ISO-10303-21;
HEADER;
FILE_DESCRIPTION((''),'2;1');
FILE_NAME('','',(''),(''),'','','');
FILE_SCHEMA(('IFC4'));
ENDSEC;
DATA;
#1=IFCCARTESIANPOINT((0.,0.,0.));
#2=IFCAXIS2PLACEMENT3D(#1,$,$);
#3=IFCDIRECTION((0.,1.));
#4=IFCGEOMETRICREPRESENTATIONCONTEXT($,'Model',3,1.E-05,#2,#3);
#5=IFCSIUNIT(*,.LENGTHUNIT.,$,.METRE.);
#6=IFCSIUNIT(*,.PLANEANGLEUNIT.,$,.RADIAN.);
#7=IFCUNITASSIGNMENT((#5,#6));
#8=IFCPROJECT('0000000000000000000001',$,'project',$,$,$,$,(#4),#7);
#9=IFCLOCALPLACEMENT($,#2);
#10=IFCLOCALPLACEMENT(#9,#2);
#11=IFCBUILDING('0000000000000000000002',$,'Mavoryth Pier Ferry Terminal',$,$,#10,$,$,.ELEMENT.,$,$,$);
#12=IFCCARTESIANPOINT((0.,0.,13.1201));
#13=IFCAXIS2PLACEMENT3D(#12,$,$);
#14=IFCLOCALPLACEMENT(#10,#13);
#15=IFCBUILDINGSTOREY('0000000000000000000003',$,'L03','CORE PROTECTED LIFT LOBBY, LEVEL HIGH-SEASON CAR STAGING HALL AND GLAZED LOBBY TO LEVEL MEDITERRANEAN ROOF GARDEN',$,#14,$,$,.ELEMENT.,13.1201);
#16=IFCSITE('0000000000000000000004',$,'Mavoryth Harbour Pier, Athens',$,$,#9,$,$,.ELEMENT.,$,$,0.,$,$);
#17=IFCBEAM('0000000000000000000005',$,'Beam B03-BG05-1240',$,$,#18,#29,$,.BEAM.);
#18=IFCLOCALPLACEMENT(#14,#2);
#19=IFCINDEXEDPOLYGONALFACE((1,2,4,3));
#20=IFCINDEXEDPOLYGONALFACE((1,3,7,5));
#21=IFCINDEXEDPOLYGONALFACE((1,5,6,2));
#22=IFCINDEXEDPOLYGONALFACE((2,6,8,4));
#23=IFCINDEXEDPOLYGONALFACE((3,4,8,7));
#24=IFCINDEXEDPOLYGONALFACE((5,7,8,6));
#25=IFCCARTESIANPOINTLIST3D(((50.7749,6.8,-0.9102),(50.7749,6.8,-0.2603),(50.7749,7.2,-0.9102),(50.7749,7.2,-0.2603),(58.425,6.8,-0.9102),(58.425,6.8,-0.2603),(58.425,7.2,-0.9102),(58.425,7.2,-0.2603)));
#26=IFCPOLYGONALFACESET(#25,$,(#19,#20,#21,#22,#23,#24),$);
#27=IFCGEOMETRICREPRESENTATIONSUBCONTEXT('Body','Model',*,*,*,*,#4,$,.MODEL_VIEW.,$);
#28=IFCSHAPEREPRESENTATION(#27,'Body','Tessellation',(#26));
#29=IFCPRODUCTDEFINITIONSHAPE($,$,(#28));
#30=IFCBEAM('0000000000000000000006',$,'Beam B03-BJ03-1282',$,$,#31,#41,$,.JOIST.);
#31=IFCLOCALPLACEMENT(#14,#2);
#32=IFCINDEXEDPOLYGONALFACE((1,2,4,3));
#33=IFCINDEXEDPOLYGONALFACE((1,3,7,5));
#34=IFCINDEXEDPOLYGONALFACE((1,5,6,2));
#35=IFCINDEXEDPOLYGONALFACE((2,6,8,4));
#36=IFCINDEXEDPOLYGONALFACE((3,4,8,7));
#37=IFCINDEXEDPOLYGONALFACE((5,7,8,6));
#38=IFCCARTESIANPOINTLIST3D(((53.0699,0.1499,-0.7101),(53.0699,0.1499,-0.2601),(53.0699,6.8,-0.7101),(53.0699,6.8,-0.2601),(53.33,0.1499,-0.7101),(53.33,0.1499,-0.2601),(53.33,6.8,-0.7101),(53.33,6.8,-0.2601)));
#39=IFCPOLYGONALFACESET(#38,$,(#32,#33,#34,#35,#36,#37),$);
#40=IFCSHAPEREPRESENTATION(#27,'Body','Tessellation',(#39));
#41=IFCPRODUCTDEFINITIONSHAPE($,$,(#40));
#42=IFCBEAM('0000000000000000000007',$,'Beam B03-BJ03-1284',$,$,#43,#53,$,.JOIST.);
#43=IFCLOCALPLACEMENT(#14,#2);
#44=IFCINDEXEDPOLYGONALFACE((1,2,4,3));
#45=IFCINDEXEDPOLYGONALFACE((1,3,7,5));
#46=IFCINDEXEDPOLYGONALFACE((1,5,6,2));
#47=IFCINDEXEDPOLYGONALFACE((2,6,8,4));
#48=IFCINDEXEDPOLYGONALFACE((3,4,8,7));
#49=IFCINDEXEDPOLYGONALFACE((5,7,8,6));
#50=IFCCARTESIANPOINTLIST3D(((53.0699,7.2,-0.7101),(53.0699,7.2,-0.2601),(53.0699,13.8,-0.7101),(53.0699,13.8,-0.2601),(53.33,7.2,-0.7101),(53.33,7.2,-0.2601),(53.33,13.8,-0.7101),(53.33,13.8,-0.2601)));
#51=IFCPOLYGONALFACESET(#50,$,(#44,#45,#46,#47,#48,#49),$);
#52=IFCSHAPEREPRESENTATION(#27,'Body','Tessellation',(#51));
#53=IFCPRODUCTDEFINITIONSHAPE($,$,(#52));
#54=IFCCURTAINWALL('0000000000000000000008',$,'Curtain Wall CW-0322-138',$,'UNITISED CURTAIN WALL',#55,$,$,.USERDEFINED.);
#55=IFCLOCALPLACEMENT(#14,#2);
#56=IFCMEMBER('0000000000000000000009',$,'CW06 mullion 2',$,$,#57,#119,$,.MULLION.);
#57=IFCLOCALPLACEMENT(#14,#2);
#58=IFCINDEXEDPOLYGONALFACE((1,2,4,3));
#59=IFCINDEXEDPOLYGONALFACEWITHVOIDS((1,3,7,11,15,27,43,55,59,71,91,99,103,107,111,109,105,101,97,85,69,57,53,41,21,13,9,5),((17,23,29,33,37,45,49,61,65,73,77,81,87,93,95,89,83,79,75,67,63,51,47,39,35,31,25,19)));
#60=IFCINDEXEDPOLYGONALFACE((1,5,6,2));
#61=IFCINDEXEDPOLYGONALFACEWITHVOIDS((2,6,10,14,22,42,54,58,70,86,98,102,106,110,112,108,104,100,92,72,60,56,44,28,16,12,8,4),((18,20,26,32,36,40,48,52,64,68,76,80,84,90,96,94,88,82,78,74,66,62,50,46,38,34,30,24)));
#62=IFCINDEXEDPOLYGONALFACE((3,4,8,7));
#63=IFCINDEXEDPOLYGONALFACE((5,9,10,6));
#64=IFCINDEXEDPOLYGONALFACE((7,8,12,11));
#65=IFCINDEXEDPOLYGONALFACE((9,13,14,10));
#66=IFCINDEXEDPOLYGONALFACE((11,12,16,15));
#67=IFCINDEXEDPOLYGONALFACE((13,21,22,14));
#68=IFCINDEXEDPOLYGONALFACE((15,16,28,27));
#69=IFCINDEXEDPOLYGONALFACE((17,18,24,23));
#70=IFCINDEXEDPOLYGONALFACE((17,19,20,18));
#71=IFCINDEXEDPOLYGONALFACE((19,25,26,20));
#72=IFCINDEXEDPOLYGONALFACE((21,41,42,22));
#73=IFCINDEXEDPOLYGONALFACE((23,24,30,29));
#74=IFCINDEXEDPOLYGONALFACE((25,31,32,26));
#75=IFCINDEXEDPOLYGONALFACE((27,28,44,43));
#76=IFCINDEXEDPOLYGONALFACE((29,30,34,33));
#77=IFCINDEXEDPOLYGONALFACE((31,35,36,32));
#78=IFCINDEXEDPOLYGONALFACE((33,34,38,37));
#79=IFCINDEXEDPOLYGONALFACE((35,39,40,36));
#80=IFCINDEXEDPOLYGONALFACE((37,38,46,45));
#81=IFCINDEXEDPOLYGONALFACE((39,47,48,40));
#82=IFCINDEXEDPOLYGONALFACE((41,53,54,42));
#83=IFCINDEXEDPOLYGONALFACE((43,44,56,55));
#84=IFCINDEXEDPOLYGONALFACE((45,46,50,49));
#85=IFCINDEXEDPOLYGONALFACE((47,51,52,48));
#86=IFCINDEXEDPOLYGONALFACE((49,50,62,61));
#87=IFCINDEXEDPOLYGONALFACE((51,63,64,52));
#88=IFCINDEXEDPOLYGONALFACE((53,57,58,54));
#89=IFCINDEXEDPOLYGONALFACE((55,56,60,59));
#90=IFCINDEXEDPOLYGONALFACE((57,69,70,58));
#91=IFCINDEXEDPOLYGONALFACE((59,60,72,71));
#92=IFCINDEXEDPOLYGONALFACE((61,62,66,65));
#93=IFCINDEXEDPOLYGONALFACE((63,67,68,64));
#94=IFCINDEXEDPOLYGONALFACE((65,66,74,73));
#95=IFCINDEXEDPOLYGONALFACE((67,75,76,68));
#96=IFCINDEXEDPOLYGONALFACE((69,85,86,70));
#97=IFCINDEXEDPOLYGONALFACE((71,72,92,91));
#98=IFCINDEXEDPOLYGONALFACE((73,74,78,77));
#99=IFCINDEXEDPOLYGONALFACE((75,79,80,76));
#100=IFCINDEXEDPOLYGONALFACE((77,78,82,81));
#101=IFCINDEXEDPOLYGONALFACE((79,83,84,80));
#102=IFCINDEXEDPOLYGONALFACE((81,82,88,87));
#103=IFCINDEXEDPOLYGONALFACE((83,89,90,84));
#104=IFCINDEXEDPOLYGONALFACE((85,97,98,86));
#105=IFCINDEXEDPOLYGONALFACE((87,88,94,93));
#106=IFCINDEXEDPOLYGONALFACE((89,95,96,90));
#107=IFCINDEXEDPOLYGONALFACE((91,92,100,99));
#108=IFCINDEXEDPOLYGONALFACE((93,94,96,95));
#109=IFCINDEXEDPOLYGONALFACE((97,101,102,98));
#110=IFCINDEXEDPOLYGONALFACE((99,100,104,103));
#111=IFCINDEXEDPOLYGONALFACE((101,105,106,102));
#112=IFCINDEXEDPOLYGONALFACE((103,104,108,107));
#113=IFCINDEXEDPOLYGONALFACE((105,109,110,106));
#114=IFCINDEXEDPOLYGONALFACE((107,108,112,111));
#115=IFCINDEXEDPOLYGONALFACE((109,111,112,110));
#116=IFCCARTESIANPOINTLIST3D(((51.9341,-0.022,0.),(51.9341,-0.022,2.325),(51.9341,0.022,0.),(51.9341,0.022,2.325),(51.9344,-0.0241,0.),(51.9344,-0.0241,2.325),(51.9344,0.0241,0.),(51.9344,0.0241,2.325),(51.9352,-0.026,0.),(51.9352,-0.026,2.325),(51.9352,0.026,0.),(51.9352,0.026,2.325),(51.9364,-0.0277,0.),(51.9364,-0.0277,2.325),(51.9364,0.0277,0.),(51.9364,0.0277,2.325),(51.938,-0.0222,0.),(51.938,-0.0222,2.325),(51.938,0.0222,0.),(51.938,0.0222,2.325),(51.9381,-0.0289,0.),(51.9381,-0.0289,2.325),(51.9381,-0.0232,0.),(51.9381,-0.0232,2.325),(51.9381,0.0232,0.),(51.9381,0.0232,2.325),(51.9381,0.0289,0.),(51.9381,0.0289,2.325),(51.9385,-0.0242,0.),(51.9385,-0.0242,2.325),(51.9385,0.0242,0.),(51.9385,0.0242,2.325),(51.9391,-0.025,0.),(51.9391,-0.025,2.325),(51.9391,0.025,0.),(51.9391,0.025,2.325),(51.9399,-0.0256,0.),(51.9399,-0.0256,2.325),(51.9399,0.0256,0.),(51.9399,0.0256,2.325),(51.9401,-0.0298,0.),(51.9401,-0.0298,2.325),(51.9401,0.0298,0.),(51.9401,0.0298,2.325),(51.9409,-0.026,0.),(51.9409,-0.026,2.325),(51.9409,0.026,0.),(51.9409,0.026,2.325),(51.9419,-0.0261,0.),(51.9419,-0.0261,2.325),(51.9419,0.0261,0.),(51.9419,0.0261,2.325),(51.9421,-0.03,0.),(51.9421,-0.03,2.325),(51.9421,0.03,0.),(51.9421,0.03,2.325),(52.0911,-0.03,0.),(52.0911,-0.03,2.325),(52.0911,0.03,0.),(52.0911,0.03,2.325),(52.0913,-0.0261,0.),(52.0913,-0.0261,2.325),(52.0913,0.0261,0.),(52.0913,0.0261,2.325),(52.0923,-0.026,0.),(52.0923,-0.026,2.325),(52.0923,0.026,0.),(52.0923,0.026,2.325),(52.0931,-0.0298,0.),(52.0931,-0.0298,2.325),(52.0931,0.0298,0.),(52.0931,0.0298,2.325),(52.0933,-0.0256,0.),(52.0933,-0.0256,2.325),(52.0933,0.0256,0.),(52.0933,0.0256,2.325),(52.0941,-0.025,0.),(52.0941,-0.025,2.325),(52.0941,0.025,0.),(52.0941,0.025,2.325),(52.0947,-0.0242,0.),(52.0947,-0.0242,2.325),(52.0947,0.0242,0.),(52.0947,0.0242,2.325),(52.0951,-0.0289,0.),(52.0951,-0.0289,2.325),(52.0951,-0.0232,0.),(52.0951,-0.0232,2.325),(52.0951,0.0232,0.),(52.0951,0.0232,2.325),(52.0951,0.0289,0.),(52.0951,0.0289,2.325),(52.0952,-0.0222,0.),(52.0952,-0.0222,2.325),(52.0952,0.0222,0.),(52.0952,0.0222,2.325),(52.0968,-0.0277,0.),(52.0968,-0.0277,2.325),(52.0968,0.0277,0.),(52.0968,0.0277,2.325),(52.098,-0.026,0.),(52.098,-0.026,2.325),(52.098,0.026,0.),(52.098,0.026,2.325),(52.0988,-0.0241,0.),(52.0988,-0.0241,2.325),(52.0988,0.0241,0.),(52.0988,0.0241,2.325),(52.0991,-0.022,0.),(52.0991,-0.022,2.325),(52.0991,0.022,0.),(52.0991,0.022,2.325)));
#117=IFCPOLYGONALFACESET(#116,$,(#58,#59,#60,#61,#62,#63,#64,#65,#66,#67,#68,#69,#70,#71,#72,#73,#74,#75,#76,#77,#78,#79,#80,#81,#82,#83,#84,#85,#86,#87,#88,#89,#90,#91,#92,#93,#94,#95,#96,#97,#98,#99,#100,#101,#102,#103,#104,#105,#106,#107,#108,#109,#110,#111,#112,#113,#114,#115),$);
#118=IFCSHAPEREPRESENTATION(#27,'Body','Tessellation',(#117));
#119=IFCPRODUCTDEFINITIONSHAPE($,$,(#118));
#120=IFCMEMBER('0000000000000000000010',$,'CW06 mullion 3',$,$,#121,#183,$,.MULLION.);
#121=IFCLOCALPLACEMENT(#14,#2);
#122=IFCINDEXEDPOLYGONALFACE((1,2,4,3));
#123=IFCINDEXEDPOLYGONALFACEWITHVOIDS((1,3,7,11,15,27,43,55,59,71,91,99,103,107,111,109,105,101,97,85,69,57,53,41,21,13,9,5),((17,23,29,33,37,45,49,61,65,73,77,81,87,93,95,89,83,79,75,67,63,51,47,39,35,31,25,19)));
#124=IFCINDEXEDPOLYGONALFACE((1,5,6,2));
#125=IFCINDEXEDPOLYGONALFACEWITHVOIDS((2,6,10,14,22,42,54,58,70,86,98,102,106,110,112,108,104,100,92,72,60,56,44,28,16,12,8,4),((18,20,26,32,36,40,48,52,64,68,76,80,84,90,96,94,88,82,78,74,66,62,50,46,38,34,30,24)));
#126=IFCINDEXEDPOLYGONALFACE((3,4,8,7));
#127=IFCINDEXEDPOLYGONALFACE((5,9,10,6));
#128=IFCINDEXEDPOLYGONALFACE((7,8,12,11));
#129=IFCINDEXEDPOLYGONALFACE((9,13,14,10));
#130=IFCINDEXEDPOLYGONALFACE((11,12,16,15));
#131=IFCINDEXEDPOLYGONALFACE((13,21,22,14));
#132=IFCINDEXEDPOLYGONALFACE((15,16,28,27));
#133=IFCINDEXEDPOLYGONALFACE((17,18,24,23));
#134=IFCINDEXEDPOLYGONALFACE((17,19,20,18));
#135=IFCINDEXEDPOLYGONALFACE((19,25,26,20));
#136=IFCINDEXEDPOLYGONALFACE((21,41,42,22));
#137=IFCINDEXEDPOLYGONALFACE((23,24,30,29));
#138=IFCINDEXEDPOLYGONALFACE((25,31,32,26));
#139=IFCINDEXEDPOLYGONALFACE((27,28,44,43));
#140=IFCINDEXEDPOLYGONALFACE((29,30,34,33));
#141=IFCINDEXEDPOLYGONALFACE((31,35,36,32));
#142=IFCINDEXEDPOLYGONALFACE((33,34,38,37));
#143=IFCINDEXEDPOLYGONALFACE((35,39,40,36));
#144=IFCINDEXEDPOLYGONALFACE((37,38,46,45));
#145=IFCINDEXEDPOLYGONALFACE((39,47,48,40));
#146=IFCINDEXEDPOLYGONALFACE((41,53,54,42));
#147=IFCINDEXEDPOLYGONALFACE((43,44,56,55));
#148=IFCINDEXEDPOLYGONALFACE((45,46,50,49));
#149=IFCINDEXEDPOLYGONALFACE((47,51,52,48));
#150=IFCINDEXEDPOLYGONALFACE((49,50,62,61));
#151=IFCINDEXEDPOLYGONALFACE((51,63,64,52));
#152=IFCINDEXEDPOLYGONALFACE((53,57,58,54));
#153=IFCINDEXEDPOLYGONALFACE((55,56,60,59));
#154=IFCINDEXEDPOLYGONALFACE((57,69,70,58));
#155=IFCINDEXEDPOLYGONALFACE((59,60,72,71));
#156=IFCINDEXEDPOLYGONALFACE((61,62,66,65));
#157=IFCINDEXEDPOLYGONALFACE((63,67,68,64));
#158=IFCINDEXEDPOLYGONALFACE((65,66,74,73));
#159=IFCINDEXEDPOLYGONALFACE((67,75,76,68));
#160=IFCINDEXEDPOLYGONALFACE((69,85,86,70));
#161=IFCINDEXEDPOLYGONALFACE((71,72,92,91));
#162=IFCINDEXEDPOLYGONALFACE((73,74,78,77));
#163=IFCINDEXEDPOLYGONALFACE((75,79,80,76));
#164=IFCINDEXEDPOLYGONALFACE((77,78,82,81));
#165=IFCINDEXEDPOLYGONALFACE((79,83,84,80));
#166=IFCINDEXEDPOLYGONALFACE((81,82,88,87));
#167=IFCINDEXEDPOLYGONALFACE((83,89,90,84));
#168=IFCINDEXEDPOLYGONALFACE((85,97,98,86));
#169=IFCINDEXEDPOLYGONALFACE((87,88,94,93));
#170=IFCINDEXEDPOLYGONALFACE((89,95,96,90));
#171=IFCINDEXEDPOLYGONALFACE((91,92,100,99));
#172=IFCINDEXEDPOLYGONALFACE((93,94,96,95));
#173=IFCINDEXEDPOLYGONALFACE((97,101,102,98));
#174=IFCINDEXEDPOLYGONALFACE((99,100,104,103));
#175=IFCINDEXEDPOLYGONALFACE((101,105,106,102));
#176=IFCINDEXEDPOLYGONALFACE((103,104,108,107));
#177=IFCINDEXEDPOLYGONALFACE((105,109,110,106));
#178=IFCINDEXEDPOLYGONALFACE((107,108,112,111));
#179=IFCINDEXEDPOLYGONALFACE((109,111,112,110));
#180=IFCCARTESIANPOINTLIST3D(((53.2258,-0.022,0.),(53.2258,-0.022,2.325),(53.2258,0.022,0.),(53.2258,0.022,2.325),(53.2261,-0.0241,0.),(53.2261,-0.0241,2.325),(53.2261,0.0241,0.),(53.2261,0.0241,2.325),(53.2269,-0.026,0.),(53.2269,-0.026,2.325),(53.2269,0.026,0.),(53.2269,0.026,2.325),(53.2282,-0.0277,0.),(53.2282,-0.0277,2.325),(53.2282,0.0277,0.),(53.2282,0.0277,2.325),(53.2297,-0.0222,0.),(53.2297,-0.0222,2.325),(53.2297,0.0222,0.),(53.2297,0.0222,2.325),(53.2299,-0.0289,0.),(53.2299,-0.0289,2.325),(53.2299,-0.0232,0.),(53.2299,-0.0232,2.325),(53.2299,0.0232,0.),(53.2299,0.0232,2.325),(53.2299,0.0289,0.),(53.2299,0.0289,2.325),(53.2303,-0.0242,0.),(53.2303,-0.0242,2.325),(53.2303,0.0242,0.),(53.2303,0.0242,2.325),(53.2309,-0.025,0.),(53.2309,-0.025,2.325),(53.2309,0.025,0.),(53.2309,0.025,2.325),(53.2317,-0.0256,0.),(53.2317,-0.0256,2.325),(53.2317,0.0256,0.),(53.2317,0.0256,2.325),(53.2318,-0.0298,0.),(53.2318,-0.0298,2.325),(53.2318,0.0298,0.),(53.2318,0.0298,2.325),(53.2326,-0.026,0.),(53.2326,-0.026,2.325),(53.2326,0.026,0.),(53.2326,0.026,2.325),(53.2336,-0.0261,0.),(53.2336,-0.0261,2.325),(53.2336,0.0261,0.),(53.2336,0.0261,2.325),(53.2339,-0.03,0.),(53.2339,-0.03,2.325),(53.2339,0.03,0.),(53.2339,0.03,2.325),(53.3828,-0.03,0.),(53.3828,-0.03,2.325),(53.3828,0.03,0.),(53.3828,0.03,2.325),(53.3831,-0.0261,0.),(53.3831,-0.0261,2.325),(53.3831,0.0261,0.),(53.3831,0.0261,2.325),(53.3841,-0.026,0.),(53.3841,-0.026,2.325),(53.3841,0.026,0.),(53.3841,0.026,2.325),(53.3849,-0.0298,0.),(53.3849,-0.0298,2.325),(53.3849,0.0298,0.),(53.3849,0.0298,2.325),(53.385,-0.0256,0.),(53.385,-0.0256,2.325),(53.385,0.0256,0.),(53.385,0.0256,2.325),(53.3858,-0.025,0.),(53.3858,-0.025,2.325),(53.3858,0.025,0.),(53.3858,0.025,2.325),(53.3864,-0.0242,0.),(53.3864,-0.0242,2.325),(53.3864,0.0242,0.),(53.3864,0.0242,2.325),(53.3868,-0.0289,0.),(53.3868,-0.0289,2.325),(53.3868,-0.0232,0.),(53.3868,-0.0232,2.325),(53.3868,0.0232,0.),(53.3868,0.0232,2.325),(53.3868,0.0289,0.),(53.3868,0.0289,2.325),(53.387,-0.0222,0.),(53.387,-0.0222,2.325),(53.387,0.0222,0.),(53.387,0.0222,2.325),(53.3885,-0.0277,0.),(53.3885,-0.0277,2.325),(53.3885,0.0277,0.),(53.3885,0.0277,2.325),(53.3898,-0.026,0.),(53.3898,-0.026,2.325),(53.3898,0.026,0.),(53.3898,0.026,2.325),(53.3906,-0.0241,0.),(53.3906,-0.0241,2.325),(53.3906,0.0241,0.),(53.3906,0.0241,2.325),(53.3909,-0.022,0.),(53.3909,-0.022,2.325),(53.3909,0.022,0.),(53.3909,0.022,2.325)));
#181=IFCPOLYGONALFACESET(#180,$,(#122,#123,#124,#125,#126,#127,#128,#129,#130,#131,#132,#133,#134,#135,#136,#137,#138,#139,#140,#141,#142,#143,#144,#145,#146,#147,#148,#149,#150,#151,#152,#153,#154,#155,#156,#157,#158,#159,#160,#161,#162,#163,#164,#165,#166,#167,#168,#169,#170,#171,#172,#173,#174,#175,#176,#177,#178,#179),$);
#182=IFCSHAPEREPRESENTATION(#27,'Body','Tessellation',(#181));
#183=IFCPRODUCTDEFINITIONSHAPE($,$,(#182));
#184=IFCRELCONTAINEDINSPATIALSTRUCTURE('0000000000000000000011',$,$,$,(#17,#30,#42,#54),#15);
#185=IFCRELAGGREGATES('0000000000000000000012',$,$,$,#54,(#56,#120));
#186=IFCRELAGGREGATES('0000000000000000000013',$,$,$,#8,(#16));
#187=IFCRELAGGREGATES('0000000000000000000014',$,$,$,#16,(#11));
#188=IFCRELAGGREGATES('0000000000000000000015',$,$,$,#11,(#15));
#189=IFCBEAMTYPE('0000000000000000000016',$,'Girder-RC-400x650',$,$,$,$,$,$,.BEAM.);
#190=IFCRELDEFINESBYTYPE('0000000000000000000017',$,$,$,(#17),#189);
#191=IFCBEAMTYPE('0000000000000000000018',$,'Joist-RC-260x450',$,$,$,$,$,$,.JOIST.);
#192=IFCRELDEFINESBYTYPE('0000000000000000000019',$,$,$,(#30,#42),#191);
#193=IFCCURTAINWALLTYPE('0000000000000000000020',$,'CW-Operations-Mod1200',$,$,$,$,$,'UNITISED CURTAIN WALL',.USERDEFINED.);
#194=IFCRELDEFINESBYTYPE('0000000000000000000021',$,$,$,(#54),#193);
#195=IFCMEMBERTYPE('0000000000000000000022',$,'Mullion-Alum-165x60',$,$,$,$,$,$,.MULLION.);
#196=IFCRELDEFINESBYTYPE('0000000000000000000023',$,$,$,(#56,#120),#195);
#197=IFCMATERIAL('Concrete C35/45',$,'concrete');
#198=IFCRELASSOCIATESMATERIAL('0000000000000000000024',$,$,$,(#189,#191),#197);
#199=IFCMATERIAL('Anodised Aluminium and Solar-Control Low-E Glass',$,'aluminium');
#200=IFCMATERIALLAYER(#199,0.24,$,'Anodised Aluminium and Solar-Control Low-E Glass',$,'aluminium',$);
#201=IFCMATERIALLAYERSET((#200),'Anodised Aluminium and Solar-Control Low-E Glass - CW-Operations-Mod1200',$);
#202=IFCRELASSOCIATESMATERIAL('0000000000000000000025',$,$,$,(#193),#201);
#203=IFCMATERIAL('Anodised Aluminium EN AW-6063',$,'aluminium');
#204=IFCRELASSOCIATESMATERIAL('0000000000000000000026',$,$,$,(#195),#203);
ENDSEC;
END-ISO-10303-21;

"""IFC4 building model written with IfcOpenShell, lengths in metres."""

from ifc_helpers import new_model, si_unit, direction, frame, origin, origin_2d, place, context, subcontext, project, spatial, rectangle, hollow_rectangle, extrude, material, layer, layer_set, material_profile, profile_set, type_object, element, aggregate, save


model = new_model("IFC4")

# Units and contexts
model_context = context("Model", 3, precision=1e-05, world=origin(), true_north=direction((0.0, 1.0)))
body_context = subcontext(model_context, "Body", "Model", "MODEL_VIEW")
ifc_project = project(units=[si_unit("LENGTHUNIT", "METRE"), si_unit("PLANEANGLEUNIT", "RADIAN")], contexts=[model_context])

# Site, building, storey
site_placement = place(None, origin())
site = spatial("IfcSite", under=ifc_project, at=site_placement, Name="Mavoryth Harbour Pier, Athens", CompositionType="ELEMENT", RefElevation=0.0)
building_placement = place(site_placement, origin())
building = spatial("IfcBuilding", under=site, at=building_placement, Name="Mavoryth Pier Ferry Terminal", CompositionType="ELEMENT")
storey_placement = place(building_placement, frame((0.0, 0.0, 13.1201)))
storey = spatial("IfcBuildingStorey", under=building, at=storey_placement, Name="L03", Description="CORE PROTECTED LIFT LOBBY, LEVEL HIGH-SEASON CAR STAGING HALL AND GLAZED LOBBY TO LEVEL MEDITERRANEAN ROOF GARDEN", CompositionType="ELEMENT", Elevation=13.1201)

# Beams
ifc_material_1 = material(Name="Concrete C35/45", Category="concrete")
ifc_material_profile_1 = material_profile(ifc_material_1, rectangle(XDim=0.3999, YDim=0.6499, at=origin_2d()), Name="RC 400x650", Category="concrete")
ifc_profile_set_1 = profile_set([ifc_material_profile_1], Name="Concrete C35/45 - RC 400x650")
beam_type_1 = type_object("IfcBeamType", Name="Girder-RC-400x650", PredefinedType="BEAM", material=ifc_profile_set_1)
beam_1_placement = place(storey_placement, frame((50.7749, 7.0, -0.5852), z_axis=(1.0, 0.0, 0.0), x_axis=(0.0, 1.0, 0.0)))
element("IfcBeam", 1, at=beam_1_placement, inside=storey, type_object=beam_type_1, Name="Beam B03-BG05-1240", PredefinedType="BEAM", context=body_context, shape_type="SweptSolid", body=[
    extrude(rectangle(XDim=0.3999, YDim=0.6499, at=origin_2d()), origin(), (0.0, 0.0, 1.0), 7.6501),
])
ifc_material_profile_2 = material_profile(ifc_material_1, rectangle(XDim=0.26, YDim=0.45, at=origin_2d()), Name="RC 260x450", Category="concrete")
ifc_profile_set_2 = profile_set([ifc_material_profile_2], Name="Concrete C35/45 - RC 260x450")
beam_type_2 = type_object("IfcBeamType", Name="Joist-RC-260x450", PredefinedType="JOIST", material=ifc_profile_set_2)
beam_2_placement = place(storey_placement, frame((53.2, 0.1499, -0.4851), z_axis=(0.0, 1.0, 0.0), x_axis=(-1.0, 0.0, 0.0)))
element("IfcBeam", 2, at=beam_2_placement, inside=storey, type_object=beam_type_2, Name="Beam B03-BJ03-1282", PredefinedType="JOIST", context=body_context, shape_type="SweptSolid", body=[
    extrude(rectangle(XDim=0.26, YDim=0.45, at=origin_2d()), origin(), (0.0, 0.0, 1.0), 6.6501),
])
beam_3_placement = place(storey_placement, frame((53.2, 7.2, -0.4851), z_axis=(0.0, 1.0, 0.0), x_axis=(-1.0, 0.0, 0.0)))
element("IfcBeam", 3, at=beam_3_placement, inside=storey, type_object=beam_type_2, Name="Beam B03-BJ03-1284", PredefinedType="JOIST", context=body_context, shape_type="SweptSolid", body=[
    extrude(rectangle(XDim=0.26, YDim=0.45, at=origin_2d()), origin(), (0.0, 0.0, 1.0), 6.6001),
])

# Curtain wall, members
ifc_material_2 = material(Name="Anodised Aluminium and Solar-Control Low-E Glass", Category="aluminium")
ifc_layer_1 = layer(ifc_material_2, 0.24, Name="Anodised Aluminium and Solar-Control Low-E Glass", Category="aluminium")
ifc_layer_set_1 = layer_set([ifc_layer_1], Name="Anodised Aluminium and Solar-Control Low-E Glass - CW-Operations-Mod1200")
curtain_wall_type = type_object("IfcCurtainWallType", Name="CW-Operations-Mod1200", ElementType="UNITISED CURTAIN WALL", PredefinedType="USERDEFINED", material=ifc_layer_set_1)
curtain_wall_placement = place(storey_placement, origin())
curtain_wall = element("IfcCurtainWall", 4, at=curtain_wall_placement, inside=storey, type_object=curtain_wall_type, Name="Curtain Wall CW-0322-138", ObjectType="UNITISED CURTAIN WALL", PredefinedType="USERDEFINED")
ifc_material_3 = material(Name="Anodised Aluminium EN AW-6063", Category="aluminium")
ifc_material_profile_3 = material_profile(ifc_material_3, hollow_rectangle(XDim=0.0601, YDim=0.165, WallThickness=0.0039, InnerFilletRadius=0.0039, OuterFilletRadius=0.0081, at=origin_2d()), Name="AL-MULL 165x60x4", Category="aluminium")
ifc_profile_set_3 = profile_set([ifc_material_profile_3], Name="Anodised Aluminium EN AW-6063 - AL-MULL 165x60x4")
member_type_1 = type_object("IfcMemberType", Name="Mullion-Alum-165x60", PredefinedType="MULLION", material=ifc_profile_set_3)
member_1_placement = place(storey_placement, frame((52.0166, 0.0, 0.0), z_axis=(0.0, 0.0, 1.0), x_axis=(0.0, 1.0, 0.0)))
member_1 = element("IfcMember", 5, at=member_1_placement, type_object=member_type_1, Name="CW06 mullion 2", PredefinedType="MULLION", context=body_context, shape_type="SweptSolid", body=[
    extrude(hollow_rectangle(XDim=0.0601, YDim=0.165, WallThickness=0.0039, InnerFilletRadius=0.0039, OuterFilletRadius=0.0081, at=origin_2d()), origin(), (0.0, 0.0, 1.0), 2.325),
])
member_2_placement = place(storey_placement, frame((53.3083, 0.0, 0.0), z_axis=(0.0, 0.0, 1.0), x_axis=(0.0, 1.0, 0.0)))
member_2 = element("IfcMember", 6, at=member_2_placement, type_object=member_type_1, Name="CW06 mullion 3", PredefinedType="MULLION", context=body_context, shape_type="SweptSolid", body=[
    extrude(hollow_rectangle(XDim=0.0601, YDim=0.165, WallThickness=0.0039, InnerFilletRadius=0.0039, OuterFilletRadius=0.0081, at=origin_2d()), origin(), (0.0, 0.0, 1.0), 2.325),
])
aggregate(curtain_wall, [member_1, member_2])

save(model, "model.ifc")
